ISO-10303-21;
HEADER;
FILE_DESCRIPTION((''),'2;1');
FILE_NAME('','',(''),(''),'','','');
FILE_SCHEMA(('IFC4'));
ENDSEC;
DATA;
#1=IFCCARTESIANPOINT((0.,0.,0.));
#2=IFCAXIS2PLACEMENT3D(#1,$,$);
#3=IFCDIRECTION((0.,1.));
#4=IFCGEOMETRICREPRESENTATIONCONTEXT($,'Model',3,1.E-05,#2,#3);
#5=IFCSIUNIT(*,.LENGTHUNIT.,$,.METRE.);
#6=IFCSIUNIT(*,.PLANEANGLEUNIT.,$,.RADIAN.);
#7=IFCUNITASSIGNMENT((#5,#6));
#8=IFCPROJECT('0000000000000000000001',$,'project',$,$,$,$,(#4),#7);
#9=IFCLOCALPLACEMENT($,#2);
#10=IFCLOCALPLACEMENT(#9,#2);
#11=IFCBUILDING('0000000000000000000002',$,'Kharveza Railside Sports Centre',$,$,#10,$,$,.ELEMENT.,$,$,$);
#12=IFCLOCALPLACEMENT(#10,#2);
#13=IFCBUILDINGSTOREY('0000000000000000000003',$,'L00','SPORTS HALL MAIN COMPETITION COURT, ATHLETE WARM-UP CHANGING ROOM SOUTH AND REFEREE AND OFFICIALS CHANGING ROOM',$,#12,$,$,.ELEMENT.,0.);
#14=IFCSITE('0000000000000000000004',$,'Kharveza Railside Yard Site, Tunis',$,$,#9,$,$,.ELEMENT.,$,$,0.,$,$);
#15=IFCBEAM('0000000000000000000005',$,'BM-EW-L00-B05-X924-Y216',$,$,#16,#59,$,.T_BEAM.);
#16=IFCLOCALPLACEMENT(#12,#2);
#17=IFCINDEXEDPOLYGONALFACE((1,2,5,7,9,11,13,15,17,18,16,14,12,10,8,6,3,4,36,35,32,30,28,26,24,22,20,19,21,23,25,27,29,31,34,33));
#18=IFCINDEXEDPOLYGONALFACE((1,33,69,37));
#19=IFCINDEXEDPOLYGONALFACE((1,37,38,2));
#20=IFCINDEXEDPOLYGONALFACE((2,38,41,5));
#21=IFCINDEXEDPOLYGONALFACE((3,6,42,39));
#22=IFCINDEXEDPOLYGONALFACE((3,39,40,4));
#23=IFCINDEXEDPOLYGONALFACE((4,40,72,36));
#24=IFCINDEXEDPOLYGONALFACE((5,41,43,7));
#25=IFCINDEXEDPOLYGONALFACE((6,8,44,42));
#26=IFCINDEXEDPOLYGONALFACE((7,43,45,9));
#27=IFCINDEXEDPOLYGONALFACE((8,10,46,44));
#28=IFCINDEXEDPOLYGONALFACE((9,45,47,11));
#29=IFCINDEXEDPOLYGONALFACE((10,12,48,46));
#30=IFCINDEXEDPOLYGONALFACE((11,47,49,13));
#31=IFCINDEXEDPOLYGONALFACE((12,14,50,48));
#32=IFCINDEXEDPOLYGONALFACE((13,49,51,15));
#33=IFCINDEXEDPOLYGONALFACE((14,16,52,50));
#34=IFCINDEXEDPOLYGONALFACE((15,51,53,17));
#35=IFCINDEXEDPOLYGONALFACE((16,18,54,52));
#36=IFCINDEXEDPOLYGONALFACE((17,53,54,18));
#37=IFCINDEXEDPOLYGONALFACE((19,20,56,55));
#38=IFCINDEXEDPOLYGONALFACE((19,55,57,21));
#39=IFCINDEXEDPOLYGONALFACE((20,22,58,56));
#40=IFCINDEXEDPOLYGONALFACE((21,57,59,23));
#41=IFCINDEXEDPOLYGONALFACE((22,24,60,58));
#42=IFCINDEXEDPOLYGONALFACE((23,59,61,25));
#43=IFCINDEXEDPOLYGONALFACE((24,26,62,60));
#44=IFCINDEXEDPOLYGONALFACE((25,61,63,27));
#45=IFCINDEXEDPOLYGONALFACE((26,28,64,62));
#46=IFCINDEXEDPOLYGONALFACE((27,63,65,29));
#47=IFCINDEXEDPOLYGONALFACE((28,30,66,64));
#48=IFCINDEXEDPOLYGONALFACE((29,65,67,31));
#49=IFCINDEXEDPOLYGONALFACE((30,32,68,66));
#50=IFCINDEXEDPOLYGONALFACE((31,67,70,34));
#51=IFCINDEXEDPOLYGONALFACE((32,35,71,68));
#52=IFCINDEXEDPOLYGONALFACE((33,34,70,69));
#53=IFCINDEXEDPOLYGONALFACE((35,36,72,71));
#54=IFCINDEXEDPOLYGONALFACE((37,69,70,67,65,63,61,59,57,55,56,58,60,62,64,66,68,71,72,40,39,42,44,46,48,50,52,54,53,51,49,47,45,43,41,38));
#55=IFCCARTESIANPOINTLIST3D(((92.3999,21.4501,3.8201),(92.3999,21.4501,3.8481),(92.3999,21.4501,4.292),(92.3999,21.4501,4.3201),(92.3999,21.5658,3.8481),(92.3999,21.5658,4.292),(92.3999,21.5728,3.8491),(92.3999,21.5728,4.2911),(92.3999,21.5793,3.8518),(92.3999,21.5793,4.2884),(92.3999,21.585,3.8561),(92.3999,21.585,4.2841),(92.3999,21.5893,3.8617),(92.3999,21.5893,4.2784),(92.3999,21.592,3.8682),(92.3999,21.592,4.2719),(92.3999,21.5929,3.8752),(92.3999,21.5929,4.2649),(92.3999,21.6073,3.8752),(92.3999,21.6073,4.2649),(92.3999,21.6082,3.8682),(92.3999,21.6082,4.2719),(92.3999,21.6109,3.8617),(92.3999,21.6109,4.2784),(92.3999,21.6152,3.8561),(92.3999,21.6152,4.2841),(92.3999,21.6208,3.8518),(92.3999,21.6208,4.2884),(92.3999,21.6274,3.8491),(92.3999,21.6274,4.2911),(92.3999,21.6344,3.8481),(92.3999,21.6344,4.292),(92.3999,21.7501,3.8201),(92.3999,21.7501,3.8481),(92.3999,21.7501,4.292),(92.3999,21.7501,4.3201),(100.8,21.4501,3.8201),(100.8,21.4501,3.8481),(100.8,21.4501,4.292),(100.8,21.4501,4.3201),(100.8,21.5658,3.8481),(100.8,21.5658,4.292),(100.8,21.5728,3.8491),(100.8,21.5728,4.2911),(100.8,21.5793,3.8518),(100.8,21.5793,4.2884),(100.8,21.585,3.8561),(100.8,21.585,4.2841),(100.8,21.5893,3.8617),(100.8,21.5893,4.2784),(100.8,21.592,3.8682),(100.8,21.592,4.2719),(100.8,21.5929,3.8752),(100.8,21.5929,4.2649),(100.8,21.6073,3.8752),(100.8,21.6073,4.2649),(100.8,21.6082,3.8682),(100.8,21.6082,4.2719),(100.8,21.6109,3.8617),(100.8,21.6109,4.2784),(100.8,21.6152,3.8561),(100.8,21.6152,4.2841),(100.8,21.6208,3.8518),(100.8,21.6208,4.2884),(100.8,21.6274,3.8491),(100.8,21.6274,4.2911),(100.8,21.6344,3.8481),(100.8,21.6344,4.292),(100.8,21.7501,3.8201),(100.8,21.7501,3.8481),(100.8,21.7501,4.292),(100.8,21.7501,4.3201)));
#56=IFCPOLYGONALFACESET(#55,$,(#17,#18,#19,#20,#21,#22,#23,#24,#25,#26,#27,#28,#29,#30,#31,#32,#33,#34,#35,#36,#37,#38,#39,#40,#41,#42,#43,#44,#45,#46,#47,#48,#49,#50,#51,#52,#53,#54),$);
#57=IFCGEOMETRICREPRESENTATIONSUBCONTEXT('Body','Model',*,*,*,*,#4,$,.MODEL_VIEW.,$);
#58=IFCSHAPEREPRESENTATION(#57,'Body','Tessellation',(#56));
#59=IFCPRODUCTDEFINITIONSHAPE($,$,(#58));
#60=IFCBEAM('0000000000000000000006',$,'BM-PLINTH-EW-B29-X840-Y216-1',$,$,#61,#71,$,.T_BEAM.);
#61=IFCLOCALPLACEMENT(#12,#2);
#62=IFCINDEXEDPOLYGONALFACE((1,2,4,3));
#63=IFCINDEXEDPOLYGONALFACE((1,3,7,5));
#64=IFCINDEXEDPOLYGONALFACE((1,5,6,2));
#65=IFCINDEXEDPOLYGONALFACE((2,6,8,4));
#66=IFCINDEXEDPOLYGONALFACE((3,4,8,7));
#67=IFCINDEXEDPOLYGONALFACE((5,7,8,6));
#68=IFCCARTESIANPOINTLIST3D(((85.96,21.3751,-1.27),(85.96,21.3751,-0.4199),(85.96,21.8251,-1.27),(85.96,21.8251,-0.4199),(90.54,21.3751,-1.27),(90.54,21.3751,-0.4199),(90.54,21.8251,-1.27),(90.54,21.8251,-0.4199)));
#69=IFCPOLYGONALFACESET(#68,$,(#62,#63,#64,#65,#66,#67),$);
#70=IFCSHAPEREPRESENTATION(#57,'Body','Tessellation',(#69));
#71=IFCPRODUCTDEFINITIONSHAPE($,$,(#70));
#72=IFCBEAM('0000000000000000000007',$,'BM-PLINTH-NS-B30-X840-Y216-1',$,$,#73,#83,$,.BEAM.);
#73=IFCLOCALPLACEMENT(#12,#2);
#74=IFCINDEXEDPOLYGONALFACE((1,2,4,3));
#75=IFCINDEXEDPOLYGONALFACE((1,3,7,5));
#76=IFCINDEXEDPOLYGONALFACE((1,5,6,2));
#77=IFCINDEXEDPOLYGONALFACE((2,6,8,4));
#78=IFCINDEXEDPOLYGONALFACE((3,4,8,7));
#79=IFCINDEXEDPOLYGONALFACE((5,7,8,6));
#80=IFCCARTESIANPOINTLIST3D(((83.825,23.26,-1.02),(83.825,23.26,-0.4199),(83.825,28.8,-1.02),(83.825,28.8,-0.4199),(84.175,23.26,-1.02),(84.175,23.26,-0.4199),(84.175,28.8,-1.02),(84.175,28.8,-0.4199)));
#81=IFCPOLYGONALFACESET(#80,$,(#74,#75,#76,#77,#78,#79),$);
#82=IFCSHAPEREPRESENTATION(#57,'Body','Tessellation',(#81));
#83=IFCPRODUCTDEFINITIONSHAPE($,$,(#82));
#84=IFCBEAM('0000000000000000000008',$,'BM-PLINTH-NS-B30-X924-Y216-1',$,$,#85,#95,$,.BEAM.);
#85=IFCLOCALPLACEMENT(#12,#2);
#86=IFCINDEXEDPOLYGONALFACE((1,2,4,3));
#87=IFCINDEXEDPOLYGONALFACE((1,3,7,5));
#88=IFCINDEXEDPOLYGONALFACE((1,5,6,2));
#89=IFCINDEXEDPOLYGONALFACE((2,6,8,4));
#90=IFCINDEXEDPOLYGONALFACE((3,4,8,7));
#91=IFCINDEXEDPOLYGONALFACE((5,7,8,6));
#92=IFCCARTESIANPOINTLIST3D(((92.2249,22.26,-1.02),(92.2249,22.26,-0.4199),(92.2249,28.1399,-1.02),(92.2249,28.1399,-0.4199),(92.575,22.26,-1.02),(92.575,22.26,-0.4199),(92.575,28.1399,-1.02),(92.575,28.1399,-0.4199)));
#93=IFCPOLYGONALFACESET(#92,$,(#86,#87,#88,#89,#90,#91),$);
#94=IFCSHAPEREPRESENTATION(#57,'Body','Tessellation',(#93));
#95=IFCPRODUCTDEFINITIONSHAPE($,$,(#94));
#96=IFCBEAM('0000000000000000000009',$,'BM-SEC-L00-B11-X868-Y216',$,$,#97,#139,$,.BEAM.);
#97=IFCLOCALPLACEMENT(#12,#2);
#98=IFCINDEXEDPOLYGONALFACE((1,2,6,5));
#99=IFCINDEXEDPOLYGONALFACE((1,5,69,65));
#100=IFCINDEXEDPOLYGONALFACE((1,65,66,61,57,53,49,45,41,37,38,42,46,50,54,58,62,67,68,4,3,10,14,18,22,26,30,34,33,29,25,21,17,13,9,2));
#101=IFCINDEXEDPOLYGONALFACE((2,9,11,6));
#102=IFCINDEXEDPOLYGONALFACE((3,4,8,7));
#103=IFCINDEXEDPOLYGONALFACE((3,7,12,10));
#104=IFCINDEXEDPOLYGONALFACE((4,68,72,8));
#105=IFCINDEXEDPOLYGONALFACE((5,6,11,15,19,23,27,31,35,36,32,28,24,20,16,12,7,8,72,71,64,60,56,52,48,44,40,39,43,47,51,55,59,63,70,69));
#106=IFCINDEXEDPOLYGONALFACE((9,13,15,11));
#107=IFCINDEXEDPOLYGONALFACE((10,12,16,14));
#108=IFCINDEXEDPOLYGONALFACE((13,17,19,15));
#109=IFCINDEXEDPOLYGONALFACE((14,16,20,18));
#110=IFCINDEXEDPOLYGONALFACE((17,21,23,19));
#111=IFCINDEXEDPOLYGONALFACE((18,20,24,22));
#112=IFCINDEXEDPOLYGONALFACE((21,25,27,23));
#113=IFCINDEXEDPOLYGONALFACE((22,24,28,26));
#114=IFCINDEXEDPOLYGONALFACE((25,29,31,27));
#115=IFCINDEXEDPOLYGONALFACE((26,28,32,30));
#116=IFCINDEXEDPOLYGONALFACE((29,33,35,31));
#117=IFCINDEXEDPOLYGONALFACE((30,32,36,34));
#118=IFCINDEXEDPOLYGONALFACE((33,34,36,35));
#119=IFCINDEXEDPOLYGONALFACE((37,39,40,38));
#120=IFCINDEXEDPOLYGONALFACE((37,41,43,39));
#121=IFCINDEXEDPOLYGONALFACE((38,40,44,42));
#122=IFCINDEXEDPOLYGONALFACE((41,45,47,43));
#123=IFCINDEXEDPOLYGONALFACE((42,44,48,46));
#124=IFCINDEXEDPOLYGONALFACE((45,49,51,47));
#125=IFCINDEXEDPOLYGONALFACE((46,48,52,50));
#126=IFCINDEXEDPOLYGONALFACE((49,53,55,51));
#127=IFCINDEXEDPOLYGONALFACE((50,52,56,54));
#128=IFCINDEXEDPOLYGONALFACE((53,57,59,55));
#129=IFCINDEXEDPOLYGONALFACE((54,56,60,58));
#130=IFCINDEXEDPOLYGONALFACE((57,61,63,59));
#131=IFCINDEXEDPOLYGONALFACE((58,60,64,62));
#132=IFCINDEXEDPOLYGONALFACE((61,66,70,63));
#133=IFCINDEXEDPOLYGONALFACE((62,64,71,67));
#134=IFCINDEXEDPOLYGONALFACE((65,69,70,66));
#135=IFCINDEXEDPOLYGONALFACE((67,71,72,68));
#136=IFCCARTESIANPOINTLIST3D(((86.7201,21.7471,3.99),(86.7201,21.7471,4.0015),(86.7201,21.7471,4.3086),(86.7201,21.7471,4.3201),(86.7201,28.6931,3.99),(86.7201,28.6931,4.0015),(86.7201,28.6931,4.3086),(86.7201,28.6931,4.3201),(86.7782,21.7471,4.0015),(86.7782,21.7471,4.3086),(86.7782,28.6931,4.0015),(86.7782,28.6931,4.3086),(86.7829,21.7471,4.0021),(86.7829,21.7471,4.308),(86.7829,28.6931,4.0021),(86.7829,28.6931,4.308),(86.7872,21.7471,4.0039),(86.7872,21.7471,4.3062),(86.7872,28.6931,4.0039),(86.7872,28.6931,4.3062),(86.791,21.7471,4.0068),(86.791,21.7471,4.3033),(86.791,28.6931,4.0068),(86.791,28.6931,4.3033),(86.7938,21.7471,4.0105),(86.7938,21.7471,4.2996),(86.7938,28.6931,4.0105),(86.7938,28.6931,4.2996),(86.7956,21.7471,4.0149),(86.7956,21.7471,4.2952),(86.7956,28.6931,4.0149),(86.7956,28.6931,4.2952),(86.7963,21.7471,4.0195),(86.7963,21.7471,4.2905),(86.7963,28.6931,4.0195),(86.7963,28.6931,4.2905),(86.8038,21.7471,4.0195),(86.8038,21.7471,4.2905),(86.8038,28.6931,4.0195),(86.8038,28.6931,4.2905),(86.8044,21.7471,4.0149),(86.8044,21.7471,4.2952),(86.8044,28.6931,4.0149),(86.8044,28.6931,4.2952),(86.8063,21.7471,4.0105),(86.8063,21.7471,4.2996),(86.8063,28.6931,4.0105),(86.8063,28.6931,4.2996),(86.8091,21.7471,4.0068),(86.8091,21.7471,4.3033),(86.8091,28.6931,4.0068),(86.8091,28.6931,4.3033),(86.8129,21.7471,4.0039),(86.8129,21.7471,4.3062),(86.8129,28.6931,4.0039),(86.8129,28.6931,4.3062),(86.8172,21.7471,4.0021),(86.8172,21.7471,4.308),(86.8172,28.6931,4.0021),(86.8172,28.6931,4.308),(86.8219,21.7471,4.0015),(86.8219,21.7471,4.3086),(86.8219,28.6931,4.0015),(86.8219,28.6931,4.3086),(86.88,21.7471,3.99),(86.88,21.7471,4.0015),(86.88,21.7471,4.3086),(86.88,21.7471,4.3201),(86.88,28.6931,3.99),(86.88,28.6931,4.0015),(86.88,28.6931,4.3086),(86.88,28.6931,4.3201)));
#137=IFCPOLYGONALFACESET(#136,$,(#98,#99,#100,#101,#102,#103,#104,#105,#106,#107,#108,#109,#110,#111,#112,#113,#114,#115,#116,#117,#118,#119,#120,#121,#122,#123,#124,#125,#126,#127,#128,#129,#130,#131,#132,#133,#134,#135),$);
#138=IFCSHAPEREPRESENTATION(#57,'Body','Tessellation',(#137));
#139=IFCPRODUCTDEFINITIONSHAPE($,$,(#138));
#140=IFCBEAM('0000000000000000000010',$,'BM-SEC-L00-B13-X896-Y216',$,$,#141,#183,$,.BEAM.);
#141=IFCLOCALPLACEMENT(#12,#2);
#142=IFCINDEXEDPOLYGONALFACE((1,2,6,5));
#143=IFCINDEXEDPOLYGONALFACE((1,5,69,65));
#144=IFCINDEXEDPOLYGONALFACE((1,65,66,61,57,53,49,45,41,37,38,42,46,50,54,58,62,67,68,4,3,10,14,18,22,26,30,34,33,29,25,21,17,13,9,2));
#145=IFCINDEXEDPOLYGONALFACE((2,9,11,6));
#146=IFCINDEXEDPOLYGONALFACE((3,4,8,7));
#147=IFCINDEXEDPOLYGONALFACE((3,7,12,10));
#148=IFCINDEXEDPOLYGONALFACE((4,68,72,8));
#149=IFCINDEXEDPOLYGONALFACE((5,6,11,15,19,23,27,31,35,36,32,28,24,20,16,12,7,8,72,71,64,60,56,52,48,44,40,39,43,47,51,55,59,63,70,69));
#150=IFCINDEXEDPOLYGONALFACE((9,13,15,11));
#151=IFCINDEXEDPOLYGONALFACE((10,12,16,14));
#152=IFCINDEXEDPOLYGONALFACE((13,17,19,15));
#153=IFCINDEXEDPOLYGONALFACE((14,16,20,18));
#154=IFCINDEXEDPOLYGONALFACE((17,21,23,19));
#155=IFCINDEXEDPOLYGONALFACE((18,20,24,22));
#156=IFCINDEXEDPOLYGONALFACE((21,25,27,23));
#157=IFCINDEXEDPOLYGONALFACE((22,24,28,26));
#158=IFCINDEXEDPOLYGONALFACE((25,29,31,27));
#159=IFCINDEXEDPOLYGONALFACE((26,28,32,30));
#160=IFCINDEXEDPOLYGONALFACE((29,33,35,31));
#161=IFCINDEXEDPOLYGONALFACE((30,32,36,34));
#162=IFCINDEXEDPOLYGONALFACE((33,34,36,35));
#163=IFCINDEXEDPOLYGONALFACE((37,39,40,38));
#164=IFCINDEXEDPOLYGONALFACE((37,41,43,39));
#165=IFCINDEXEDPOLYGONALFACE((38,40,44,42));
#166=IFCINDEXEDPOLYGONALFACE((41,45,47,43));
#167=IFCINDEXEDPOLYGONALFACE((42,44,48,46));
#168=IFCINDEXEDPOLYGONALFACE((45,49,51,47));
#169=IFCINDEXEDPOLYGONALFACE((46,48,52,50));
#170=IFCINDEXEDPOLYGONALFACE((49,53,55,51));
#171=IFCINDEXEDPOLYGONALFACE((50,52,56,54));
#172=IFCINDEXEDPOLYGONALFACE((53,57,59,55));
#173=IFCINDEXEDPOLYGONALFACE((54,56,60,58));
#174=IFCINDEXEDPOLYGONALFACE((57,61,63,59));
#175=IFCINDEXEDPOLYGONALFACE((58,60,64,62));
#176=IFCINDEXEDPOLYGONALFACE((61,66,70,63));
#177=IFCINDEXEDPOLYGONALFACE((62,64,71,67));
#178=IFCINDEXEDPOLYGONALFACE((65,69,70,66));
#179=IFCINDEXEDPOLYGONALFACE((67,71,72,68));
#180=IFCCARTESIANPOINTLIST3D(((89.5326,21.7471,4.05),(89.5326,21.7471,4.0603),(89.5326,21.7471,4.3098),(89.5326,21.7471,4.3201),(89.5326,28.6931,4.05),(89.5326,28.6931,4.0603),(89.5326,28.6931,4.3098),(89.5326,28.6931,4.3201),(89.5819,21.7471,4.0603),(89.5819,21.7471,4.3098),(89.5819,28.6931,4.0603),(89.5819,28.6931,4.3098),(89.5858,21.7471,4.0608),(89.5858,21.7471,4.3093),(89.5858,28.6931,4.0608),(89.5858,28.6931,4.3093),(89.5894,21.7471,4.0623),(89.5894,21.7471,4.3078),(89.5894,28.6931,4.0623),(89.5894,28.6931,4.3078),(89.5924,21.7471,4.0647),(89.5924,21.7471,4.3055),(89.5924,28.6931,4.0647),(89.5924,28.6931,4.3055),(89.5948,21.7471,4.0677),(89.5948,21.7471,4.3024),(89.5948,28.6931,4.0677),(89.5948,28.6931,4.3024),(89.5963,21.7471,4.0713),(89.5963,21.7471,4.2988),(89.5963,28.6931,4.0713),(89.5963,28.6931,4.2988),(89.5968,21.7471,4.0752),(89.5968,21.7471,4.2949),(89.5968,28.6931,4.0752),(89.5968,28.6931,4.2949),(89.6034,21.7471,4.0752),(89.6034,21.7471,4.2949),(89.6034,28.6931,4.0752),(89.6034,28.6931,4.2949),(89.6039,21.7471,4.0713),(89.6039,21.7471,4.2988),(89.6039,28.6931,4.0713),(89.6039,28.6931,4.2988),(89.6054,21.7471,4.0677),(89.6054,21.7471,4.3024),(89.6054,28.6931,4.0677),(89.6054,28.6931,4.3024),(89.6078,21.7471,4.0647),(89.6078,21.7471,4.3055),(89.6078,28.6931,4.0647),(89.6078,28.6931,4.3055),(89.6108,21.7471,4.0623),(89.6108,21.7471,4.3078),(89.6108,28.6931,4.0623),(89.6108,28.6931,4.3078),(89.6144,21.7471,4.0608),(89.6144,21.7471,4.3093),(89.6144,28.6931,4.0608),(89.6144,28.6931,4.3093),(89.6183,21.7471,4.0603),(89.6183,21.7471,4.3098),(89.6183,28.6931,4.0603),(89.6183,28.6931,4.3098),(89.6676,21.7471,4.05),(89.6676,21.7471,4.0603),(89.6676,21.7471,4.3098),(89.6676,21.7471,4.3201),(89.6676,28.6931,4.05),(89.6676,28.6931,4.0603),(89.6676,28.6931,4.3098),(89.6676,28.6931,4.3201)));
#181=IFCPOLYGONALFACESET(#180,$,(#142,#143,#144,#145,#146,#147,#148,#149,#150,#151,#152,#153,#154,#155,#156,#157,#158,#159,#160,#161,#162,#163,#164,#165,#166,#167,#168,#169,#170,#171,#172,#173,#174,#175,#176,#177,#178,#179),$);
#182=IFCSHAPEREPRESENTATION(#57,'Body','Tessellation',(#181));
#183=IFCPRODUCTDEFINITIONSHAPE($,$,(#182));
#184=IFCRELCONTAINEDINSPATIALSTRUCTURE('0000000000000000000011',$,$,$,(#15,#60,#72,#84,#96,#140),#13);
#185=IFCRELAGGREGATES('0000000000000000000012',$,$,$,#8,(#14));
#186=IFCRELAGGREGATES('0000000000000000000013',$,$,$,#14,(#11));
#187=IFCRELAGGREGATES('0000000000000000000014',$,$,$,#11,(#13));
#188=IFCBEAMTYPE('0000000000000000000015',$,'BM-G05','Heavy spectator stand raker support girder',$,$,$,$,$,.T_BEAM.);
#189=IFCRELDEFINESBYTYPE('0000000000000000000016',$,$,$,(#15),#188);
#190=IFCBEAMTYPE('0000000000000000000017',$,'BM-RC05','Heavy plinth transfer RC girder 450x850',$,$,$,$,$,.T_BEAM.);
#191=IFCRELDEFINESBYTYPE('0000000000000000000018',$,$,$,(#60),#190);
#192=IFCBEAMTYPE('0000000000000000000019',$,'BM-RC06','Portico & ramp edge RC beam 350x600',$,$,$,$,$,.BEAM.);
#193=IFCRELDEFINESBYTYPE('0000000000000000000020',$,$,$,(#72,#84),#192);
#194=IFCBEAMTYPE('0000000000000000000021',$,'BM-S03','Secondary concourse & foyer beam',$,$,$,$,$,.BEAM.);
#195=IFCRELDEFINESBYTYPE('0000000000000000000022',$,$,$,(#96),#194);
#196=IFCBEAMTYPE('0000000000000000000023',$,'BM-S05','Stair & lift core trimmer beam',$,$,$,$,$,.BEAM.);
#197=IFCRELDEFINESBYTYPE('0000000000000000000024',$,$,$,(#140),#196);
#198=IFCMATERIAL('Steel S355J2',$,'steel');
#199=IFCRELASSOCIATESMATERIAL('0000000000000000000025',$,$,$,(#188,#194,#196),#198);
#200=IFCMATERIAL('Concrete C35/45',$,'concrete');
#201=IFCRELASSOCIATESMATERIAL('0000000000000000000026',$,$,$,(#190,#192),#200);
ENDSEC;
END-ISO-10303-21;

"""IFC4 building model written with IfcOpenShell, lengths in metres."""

from ifc_helpers import new_model, si_unit, direction, frame, origin, origin_2d, place, context, subcontext, project, spatial, rectangle, i_section, extrude, material, material_profile, profile_set, type_object, element, save


model = new_model("IFC4")

# Units and contexts
model_context = context("Model", 3, precision=1e-05, world=origin(), true_north=direction((0.0, 1.0)))
body_context = subcontext(model_context, "Body", "Model", "MODEL_VIEW")
ifc_project = project(units=[si_unit("LENGTHUNIT", "METRE"), si_unit("PLANEANGLEUNIT", "RADIAN")], contexts=[model_context])

# Site, building, storey
site_placement = place(None, origin())
site = spatial("IfcSite", under=ifc_project, at=site_placement, Name="Kharveza Railside Yard Site, Tunis", CompositionType="ELEMENT", RefElevation=0.0)
building_placement = place(site_placement, origin())
building = spatial("IfcBuilding", under=site, at=building_placement, Name="Kharveza Railside Sports Centre", CompositionType="ELEMENT")
storey_placement = place(building_placement, origin())
storey = spatial("IfcBuildingStorey", under=building, at=storey_placement, Name="L00", Description="SPORTS HALL MAIN COMPETITION COURT, ATHLETE WARM-UP CHANGING ROOM SOUTH AND REFEREE AND OFFICIALS CHANGING ROOM", CompositionType="ELEMENT", Elevation=0.0)

# Shared definitions
ifc_material_1 = material(Name="Concrete C35/45", Category="concrete")

# Shared definitions
ifc_material_2 = material(Name="Steel S355J2", Category="steel")

# Beams
ifc_material_profile_1 = material_profile(ifc_material_2, i_section(OverallWidth=0.3, OverallDepth=0.5, WebThickness=0.0144, FlangeThickness=0.0281, FilletRadius=0.0271, at=origin_2d()), Name="HEB 500")
ifc_profile_set_1 = profile_set([ifc_material_profile_1], Name="Steel S355J2")
beam_type_1 = type_object("IfcBeamType", Name="BM-G05", Description="Heavy spectator stand raker support girder", PredefinedType="T_BEAM", material=ifc_profile_set_1)
beam_1_placement = place(storey_placement, frame((92.3999, 21.6001, 4.0701), z_axis=(1.0, 0.0, 0.0), x_axis=(0.0, 1.0, 0.0)))
element("IfcBeam", 1, at=beam_1_placement, inside=storey, type_object=beam_type_1, Name="BM-EW-L00-B05-X924-Y216", PredefinedType="T_BEAM", context=body_context, shape_type="SweptSolid", body=[
    extrude(i_section(OverallWidth=0.3, OverallDepth=0.5, WebThickness=0.0144, FlangeThickness=0.0281, FilletRadius=0.0271, at=origin_2d()), origin(), (0.0, 0.0, 1.0), 8.4001),
])
ifc_material_profile_2 = material_profile(ifc_material_1, rectangle(XDim=0.45, YDim=0.8501, at=origin_2d()), Name="RCB 450x850")
ifc_profile_set_2 = profile_set([ifc_material_profile_2], Name="Concrete C35/45")
beam_type_2 = type_object("IfcBeamType", Name="BM-RC05", Description="Heavy plinth transfer RC girder 450x850", PredefinedType="T_BEAM", material=ifc_profile_set_2)
beam_2_placement = place(storey_placement, frame((85.96, 21.6001, -0.845), z_axis=(1.0, 0.0, 0.0), x_axis=(0.0, 1.0, 0.0)))
element("IfcBeam", 2, at=beam_2_placement, inside=storey, type_object=beam_type_2, Name="BM-PLINTH-EW-B29-X840-Y216-1", PredefinedType="T_BEAM", context=body_context, shape_type="SweptSolid", body=[
    extrude(rectangle(XDim=0.45, YDim=0.8501, at=origin_2d()), origin(), (0.0, 0.0, 1.0), 4.5801),
])
ifc_material_profile_3 = material_profile(ifc_material_1, rectangle(XDim=0.3501, YDim=0.6001, at=origin_2d()), Name="RCB 350x600")
ifc_profile_set_3 = profile_set([ifc_material_profile_3], Name="Concrete C35/45")
beam_type_3 = type_object("IfcBeamType", Name="BM-RC06", Description="Portico & ramp edge RC beam 350x600", PredefinedType="BEAM", material=ifc_profile_set_3)
beam_3_placement = place(storey_placement, frame((84.0, 23.26, -0.72), z_axis=(0.0, 1.0, 0.0), x_axis=(-1.0, 0.0, 0.0)))
element("IfcBeam", 3, at=beam_3_placement, inside=storey, type_object=beam_type_3, Name="BM-PLINTH-NS-B30-X840-Y216-1", PredefinedType="BEAM", context=body_context, shape_type="SweptSolid", body=[
    extrude(rectangle(XDim=0.3501, YDim=0.6001, at=origin_2d()), origin(), (0.0, 0.0, 1.0), 5.54),
])
beam_4_placement = place(storey_placement, frame((92.3999, 22.26, -0.72), z_axis=(0.0, 1.0, 0.0), x_axis=(-1.0, 0.0, 0.0)))
element("IfcBeam", 4, at=beam_4_placement, inside=storey, type_object=beam_type_3, Name="BM-PLINTH-NS-B30-X924-Y216-1", PredefinedType="BEAM", context=body_context, shape_type="SweptSolid", body=[
    extrude(rectangle(XDim=0.3501, YDim=0.6001, at=origin_2d()), origin(), (0.0, 0.0, 1.0), 5.8799),
])
ifc_material_profile_4 = material_profile(ifc_material_2, i_section(OverallWidth=0.1599, OverallDepth=0.3301, WebThickness=0.0076, FlangeThickness=0.0115, FilletRadius=0.0181, at=origin_2d()), Name="IPE 330")
ifc_profile_set_4 = profile_set([ifc_material_profile_4], Name="Steel S355J2")
beam_type_4 = type_object("IfcBeamType", Name="BM-S03", Description="Secondary concourse & foyer beam", PredefinedType="BEAM", material=ifc_profile_set_4)
beam_5_placement = place(storey_placement, frame((86.8, 21.7471, 4.155), z_axis=(0.0, 1.0, 0.0), x_axis=(-1.0, 0.0, 0.0)))
element("IfcBeam", 5, at=beam_5_placement, inside=storey, type_object=beam_type_4, Name="BM-SEC-L00-B11-X868-Y216", PredefinedType="BEAM", context=body_context, shape_type="SweptSolid", body=[
    extrude(i_section(OverallWidth=0.1599, OverallDepth=0.3301, WebThickness=0.0076, FlangeThickness=0.0115, FilletRadius=0.0181, at=origin_2d()), origin(), (0.0, 0.0, 1.0), 6.946),
])
ifc_material_profile_5 = material_profile(ifc_material_2, i_section(OverallWidth=0.135, OverallDepth=0.27, WebThickness=0.0066, FlangeThickness=0.0103, FilletRadius=0.0149, at=origin_2d()), Name="IPE 270")
ifc_profile_set_5 = profile_set([ifc_material_profile_5], Name="Steel S355J2")
beam_type_5 = type_object("IfcBeamType", Name="BM-S05", Description="Stair & lift core trimmer beam", PredefinedType="BEAM", material=ifc_profile_set_5)
beam_6_placement = place(storey_placement, frame((89.6001, 21.7471, 4.1851), z_axis=(0.0, 1.0, 0.0), x_axis=(-1.0, 0.0, 0.0)))
element("IfcBeam", 6, at=beam_6_placement, inside=storey, type_object=beam_type_5, Name="BM-SEC-L00-B13-X896-Y216", PredefinedType="BEAM", context=body_context, shape_type="SweptSolid", body=[
    extrude(i_section(OverallWidth=0.135, OverallDepth=0.27, WebThickness=0.0066, FlangeThickness=0.0103, FilletRadius=0.0149, at=origin_2d()), origin(), (0.0, 0.0, 1.0), 6.946),
])

save(model, "model.ifc")
